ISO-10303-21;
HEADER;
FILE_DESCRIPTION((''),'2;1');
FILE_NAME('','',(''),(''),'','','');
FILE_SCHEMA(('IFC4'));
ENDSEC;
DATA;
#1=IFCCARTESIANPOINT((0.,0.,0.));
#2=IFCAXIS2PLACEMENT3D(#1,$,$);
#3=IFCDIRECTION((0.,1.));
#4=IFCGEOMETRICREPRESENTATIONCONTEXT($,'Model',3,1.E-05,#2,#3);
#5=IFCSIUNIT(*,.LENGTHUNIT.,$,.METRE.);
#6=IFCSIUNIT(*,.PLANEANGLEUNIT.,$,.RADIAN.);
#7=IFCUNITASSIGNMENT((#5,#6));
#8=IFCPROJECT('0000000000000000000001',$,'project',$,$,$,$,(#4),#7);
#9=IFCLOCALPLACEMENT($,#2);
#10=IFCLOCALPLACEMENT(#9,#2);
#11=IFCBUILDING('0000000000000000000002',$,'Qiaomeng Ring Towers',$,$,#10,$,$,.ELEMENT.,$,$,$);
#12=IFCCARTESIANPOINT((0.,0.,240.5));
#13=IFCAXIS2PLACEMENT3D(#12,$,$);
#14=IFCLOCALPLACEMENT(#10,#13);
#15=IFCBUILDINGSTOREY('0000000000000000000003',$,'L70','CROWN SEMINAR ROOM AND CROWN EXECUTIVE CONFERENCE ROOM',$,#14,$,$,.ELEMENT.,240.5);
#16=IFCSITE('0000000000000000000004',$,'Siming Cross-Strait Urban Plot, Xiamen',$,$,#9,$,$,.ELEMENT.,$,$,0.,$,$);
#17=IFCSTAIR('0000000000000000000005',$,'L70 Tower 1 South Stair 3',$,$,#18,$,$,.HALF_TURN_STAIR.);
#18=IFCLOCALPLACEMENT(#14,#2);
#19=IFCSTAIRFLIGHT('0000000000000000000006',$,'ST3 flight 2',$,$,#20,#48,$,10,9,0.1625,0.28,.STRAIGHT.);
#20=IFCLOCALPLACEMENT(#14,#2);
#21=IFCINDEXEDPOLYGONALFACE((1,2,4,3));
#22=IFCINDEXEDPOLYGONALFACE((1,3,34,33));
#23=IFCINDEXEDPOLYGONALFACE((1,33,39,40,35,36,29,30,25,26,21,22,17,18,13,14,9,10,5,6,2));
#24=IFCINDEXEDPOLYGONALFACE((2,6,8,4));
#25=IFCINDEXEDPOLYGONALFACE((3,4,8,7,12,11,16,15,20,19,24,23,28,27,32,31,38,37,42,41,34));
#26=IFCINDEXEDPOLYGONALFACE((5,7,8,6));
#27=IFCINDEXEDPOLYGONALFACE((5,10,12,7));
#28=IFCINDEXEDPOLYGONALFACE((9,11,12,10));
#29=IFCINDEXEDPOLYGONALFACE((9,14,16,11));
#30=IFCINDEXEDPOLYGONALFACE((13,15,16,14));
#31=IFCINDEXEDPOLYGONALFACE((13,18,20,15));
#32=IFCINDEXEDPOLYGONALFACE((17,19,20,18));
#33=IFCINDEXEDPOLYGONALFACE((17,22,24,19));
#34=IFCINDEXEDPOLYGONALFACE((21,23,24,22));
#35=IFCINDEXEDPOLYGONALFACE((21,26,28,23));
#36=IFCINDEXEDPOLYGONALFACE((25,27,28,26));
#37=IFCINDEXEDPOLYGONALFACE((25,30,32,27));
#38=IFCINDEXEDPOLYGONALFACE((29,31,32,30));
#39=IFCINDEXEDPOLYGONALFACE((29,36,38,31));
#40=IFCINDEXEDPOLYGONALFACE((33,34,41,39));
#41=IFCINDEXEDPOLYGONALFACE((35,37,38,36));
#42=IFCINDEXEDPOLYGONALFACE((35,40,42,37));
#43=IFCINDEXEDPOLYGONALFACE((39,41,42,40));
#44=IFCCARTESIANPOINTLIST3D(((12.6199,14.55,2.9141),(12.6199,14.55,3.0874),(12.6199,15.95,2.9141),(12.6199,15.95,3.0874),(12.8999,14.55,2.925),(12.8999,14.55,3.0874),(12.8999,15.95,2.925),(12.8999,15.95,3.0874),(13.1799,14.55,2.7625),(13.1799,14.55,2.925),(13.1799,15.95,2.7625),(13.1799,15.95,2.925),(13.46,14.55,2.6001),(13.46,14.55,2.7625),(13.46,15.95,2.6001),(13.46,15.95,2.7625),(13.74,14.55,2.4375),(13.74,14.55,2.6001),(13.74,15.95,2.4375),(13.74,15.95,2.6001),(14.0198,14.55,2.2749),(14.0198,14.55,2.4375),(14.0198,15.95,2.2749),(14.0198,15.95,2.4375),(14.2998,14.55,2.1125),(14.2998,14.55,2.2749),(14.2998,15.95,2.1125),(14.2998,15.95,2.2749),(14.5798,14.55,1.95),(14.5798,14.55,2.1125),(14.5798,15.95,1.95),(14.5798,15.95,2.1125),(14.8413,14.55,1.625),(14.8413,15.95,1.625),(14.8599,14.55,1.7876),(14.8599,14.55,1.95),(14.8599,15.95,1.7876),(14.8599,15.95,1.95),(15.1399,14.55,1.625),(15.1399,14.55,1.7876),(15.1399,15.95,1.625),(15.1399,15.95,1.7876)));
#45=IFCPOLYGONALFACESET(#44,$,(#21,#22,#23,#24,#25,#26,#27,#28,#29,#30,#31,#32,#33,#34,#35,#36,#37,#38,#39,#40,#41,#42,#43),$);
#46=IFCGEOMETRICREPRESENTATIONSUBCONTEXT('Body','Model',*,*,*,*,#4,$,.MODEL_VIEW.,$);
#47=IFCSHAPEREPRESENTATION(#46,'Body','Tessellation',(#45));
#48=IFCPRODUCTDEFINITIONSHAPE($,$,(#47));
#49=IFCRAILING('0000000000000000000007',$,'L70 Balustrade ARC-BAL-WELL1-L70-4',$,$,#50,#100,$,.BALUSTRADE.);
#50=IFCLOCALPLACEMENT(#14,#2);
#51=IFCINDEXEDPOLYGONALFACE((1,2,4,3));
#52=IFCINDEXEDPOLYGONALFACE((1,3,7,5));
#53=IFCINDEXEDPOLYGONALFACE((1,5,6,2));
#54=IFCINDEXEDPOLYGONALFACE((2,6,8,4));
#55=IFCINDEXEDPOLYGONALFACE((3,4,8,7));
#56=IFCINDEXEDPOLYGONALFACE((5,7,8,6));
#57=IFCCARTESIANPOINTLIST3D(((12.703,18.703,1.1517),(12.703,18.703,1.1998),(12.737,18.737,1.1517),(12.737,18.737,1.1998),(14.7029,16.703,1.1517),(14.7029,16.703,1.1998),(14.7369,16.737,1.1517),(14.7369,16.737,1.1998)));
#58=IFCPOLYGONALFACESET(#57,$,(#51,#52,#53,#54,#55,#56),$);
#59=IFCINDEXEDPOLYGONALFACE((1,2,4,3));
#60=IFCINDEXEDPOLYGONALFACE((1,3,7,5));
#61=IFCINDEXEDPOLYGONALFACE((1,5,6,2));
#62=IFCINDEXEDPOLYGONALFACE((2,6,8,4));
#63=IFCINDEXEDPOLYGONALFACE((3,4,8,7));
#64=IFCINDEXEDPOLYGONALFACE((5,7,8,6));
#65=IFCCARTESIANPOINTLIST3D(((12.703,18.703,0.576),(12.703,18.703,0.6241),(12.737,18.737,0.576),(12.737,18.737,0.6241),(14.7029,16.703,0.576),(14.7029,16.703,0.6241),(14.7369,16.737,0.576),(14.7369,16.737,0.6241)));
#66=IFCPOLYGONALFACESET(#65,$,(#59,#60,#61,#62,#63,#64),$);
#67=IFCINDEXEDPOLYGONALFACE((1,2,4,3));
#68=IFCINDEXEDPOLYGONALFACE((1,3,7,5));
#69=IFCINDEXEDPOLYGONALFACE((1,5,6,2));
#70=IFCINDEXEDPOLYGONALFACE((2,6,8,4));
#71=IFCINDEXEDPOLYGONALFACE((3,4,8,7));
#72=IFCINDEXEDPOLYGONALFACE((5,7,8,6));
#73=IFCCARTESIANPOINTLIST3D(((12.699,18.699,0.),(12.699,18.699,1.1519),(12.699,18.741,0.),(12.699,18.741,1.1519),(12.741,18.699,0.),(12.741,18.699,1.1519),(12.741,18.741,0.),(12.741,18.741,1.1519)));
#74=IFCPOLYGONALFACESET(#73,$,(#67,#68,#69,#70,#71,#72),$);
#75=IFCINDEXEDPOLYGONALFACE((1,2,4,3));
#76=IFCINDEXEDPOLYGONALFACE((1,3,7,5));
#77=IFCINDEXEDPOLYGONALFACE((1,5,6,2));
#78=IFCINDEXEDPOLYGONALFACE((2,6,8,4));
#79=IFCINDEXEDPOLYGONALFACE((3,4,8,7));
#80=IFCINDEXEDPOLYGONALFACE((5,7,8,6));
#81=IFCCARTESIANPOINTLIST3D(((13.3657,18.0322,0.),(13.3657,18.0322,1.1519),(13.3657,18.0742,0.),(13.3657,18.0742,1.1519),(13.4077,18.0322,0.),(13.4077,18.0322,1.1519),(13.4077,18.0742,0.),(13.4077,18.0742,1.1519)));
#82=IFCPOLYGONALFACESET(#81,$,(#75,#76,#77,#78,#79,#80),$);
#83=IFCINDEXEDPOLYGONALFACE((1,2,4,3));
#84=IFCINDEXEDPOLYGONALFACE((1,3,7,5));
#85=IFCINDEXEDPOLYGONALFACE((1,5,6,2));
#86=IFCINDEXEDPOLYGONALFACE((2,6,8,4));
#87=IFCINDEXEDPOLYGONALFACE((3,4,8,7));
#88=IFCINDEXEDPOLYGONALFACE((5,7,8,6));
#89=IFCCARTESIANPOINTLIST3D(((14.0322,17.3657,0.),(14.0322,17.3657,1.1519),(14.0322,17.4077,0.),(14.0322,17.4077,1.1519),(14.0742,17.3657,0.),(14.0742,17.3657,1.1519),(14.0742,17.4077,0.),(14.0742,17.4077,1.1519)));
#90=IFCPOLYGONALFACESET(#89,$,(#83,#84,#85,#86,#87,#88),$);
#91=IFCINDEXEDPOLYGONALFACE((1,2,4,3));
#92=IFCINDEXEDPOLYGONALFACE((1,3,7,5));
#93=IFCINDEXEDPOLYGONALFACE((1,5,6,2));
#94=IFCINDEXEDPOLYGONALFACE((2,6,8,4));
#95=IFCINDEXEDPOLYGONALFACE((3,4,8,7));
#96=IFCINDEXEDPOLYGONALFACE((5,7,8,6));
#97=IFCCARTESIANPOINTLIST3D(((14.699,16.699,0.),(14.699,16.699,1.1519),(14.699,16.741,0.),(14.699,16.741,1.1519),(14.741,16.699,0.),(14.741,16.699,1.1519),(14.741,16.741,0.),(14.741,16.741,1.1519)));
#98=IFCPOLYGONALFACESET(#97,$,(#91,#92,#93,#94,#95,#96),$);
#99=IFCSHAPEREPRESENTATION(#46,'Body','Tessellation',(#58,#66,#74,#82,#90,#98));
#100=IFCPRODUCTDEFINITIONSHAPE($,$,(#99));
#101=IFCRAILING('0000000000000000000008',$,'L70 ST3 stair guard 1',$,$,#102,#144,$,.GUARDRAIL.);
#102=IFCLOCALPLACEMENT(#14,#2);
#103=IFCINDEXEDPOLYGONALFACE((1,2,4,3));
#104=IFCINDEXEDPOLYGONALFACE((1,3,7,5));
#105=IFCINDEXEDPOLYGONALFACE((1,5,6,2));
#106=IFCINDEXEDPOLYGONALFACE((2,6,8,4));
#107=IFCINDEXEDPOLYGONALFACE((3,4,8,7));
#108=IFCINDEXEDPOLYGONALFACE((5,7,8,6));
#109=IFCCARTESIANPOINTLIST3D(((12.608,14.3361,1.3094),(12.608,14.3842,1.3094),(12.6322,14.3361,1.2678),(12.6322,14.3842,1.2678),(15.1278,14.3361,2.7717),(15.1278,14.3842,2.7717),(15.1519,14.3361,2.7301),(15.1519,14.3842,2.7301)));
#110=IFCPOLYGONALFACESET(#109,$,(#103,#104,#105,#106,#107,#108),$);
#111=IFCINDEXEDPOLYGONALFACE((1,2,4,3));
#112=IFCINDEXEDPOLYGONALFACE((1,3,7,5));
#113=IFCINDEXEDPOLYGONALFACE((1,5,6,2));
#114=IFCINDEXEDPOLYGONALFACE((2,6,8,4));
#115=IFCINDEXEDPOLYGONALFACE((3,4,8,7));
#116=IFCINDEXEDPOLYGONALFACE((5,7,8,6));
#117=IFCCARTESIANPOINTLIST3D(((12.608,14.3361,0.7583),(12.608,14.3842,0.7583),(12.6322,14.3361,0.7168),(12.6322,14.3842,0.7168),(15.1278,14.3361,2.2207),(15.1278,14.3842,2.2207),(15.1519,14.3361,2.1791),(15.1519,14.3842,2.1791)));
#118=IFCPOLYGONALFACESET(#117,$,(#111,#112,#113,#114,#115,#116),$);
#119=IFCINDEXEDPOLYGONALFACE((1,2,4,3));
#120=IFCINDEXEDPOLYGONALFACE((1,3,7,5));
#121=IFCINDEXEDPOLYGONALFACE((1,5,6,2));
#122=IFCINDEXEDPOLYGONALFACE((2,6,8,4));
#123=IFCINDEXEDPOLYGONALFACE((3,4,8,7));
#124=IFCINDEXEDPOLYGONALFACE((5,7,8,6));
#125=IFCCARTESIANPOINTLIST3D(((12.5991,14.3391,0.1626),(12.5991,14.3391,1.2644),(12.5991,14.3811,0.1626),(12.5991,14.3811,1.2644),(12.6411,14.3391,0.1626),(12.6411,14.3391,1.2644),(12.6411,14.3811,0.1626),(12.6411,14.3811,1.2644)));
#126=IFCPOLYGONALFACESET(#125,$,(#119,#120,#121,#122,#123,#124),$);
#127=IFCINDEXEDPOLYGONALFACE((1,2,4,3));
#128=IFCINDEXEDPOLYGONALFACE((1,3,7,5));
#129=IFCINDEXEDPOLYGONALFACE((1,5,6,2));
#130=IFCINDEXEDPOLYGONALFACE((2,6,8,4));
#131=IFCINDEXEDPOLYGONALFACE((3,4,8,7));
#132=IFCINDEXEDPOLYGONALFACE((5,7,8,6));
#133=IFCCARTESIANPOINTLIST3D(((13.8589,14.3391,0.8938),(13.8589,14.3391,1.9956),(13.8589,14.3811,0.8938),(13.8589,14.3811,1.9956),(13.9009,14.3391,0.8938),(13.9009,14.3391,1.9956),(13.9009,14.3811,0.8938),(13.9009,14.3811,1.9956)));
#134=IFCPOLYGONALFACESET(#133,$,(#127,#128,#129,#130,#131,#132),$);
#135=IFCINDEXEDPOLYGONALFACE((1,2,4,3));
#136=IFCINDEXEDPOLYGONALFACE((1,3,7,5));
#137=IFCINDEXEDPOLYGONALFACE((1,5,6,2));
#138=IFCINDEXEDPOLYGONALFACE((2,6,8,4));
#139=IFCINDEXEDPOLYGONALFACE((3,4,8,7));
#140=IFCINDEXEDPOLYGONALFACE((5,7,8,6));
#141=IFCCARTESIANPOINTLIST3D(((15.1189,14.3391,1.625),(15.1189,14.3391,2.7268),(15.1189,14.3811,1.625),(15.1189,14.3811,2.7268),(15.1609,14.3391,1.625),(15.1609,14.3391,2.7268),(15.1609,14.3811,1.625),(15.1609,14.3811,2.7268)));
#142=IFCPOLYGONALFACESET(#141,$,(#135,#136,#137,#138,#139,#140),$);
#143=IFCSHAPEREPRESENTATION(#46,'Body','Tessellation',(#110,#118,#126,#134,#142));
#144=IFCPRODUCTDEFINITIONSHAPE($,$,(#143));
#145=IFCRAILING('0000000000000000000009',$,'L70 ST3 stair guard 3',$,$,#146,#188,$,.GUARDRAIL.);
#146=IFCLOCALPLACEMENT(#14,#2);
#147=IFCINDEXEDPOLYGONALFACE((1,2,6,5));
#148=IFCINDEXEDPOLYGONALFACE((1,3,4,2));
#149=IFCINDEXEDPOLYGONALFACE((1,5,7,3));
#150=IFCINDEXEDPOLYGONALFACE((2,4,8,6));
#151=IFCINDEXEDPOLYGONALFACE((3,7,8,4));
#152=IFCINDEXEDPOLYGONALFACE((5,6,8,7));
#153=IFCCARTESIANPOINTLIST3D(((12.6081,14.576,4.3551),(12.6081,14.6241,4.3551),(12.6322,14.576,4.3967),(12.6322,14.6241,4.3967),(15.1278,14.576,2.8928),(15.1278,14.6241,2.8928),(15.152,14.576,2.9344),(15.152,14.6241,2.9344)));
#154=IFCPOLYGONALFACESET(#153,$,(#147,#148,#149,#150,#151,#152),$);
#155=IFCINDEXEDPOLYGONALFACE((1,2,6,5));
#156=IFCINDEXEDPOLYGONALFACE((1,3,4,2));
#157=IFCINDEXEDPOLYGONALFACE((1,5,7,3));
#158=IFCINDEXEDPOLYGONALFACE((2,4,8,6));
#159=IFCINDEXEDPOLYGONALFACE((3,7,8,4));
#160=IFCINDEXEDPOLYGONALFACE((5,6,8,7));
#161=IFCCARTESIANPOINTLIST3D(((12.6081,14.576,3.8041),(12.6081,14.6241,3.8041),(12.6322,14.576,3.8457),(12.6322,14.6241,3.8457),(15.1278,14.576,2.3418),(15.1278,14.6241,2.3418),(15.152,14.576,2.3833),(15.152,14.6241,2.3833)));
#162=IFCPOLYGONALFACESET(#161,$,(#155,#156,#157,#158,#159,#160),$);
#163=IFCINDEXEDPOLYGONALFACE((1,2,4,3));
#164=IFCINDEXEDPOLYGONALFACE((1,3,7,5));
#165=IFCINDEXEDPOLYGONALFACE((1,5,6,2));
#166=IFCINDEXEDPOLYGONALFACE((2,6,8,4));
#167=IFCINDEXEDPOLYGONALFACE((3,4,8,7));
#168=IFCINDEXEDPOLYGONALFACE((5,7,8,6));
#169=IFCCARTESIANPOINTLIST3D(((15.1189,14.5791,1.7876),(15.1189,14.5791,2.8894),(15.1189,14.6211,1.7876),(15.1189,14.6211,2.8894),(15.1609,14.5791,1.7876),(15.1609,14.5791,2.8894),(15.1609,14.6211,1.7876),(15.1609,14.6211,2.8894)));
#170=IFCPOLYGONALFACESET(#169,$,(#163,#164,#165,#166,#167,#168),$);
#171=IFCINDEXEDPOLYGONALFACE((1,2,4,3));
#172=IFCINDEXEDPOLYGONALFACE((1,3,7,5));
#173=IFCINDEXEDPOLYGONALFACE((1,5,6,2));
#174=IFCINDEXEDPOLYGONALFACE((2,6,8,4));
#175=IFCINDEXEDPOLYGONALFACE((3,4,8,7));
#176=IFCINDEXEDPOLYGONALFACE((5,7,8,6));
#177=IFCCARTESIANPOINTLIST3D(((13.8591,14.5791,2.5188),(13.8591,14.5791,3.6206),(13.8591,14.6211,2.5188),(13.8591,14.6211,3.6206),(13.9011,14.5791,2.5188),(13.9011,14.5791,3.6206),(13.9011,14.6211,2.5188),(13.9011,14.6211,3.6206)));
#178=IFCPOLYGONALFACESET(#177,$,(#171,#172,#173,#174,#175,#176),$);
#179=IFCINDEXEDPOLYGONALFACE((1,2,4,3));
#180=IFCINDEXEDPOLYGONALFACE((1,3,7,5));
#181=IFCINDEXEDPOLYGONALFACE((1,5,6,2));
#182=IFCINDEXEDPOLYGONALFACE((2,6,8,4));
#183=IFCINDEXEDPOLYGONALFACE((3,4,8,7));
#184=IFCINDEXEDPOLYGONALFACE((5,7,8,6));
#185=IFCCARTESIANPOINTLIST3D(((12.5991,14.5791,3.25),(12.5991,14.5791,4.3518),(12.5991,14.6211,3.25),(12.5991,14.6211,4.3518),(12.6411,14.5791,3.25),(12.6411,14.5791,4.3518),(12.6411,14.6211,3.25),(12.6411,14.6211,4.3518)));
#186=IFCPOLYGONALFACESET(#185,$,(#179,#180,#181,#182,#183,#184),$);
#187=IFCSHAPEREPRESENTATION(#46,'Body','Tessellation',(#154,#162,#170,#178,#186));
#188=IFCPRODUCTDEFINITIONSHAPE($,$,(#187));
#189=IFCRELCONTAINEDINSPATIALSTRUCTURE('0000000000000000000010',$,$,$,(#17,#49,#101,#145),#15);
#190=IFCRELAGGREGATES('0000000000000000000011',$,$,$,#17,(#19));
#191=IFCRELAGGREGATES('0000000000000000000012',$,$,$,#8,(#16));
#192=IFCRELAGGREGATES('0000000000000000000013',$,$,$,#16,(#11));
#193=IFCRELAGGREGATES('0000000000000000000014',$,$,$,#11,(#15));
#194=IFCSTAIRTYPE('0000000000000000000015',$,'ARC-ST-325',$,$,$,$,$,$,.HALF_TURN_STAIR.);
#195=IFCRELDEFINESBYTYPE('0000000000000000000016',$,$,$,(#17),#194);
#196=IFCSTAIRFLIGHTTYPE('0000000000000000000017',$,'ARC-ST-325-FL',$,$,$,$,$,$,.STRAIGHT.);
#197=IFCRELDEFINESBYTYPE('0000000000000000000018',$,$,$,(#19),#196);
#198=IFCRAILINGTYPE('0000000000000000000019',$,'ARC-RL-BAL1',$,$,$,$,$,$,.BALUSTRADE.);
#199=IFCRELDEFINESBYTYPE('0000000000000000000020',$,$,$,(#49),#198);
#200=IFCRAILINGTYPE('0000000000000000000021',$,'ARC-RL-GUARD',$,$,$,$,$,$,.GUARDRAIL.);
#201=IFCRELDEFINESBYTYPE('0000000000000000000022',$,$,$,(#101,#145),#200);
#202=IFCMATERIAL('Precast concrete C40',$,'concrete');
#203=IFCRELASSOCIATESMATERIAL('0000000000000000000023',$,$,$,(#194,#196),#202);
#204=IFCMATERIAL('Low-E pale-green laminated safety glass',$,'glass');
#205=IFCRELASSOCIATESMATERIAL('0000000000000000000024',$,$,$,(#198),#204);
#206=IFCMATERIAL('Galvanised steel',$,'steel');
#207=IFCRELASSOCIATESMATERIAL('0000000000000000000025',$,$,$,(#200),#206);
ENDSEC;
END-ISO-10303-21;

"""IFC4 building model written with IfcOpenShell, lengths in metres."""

from ifc_helpers import new_model, si_unit, direction, frame, origin, origin_2d, place, context, subcontext, project, spatial, polyline, rectangle, outline, extrude, source, transform, mapped, material, type_object, element, aggregate, save


model = new_model("IFC4")

# Units and contexts
model_context = context("Model", 3, precision=1e-05, world=origin(), true_north=direction((0.0, 1.0)))
body_context = subcontext(model_context, "Body", "Model", "MODEL_VIEW")
ifc_project = project(units=[si_unit("LENGTHUNIT", "METRE"), si_unit("PLANEANGLEUNIT", "RADIAN")], contexts=[model_context])

# Site, building, storey
site_placement = place(None, origin())
site = spatial("IfcSite", under=ifc_project, at=site_placement, Name="Siming Cross-Strait Urban Plot, Xiamen", CompositionType="ELEMENT", RefElevation=0.0)
building_placement = place(site_placement, origin())
building = spatial("IfcBuilding", under=site, at=building_placement, Name="Qiaomeng Ring Towers", CompositionType="ELEMENT")
storey_placement = place(building_placement, frame((0.0, 0.0, 240.5)))
storey = spatial("IfcBuildingStorey", under=building, at=storey_placement, Name="L70", Description="CROWN SEMINAR ROOM AND CROWN EXECUTIVE CONFERENCE ROOM", CompositionType="ELEMENT", Elevation=240.5)

# Stair, stair flight
ifc_material_1 = material(Name="Precast concrete C40", Category="concrete")
stair_type = type_object("IfcStairType", Name="ARC-ST-325", PredefinedType="HALF_TURN_STAIR", material=ifc_material_1)
stair_placement = place(storey_placement, origin())
stair = element("IfcStair", 1, at=stair_placement, inside=storey, type_object=stair_type, Name="L70 Tower 1 South Stair 3", PredefinedType="HALF_TURN_STAIR")
stair_flight_type = type_object("IfcStairFlightType", Name="ARC-ST-325-FL", PredefinedType="STRAIGHT", material=ifc_material_1)
shared_shape_1 = source(origin(), body_context, "Body", "SweptSolid", [
    extrude(outline(polyline([(0.0, 0.0), (0.0, 0.1626), (0.28, 0.1626), (0.28, 0.325), (0.5601, 0.325), (0.5601, 0.4875), (0.8401, 0.4875), (0.8401, 0.6499), (1.1201, 0.6499), (1.1201, 0.8125), (1.3999, 0.8125), (1.3999, 0.9751), (1.6799, 0.9751), (1.6799, 1.1375), (1.96, 1.1375), (1.96, 1.3), (2.24, 1.3), (2.24, 1.4624), (2.52, 1.4624), (2.52, 1.625), (2.52, 1.2891), (0.2986, 0.0), (0.0, 0.0)])), frame((0.0, 0.7, 0.0), z_axis=(0.0, -1.0, 0.0), x_axis=(1.0, 0.0, 0.0)), (0.0, 0.0, 1.0), 1.3999),
])
stair_flight_1_placement = place(storey_placement, frame((15.1399, 15.25, 1.625), z_axis=(0.0, 0.0, 1.0), x_axis=(-1.0, 0.0, 0.0)))
stair_flight_1 = element("IfcStairFlight", 2, at=stair_flight_1_placement, type_object=stair_flight_type, Name="ST3 flight 2", NumberOfRisers=10, NumberOfTreads=9, PredefinedType="STRAIGHT", RiserHeight=0.1625, TreadLength=0.28, context=body_context, shape_type="MappedRepresentation", body=[
    mapped(shared_shape_1, transform((0.0, 0.0, 0.0), x_axis=(1.0, 0.0, 0.0), y_axis=(0.0, 1.0, 0.0), z_axis=(0.0, 0.0, 1.0), scale=1.0)),
])
aggregate(stair, [stair_flight_1])

# Railings
ifc_material_2 = material(Name="Low-E pale-green laminated safety glass", Category="glass")
railing_type_1 = type_object("IfcRailingType", Name="ARC-RL-BAL1", PredefinedType="BALUSTRADE", material=ifc_material_2)
railing_1_placement = place(storey_placement, frame((12.72, 18.72, 0.0)))
element("IfcRailing", 3, at=railing_1_placement, inside=storey, type_object=railing_type_1, Name="L70 Balustrade ARC-BAL-WELL1-L70-4", PredefinedType="BALUSTRADE", context=body_context, shape_type="SweptSolid", body=[
    extrude(rectangle(XDim=0.0481, YDim=0.0481, at=origin_2d()), frame((0.0, 0.0, 1.1758), z_axis=(0.707107, -0.707107, 0.0), x_axis=(0.707107, 0.707107, 0.0)), (0.0, 0.0, 1.0), 2.8284),
    extrude(rectangle(XDim=0.0481, YDim=0.0481, at=origin_2d()), frame((0.0, 0.0, 0.6001), z_axis=(0.707107, -0.707107, 0.0), x_axis=(0.707107, 0.707107, 0.0)), (0.0, 0.0, 1.0), 2.8284),
    extrude(rectangle(XDim=0.042, YDim=0.042, at=origin_2d()), origin(), (0.0, 0.0, 1.0), 1.1519),
    extrude(rectangle(XDim=0.042, YDim=0.042, at=origin_2d()), frame((0.6667, -0.6667, 0.0)), (0.0, 0.0, 1.0), 1.1519),
    extrude(rectangle(XDim=0.042, YDim=0.042, at=origin_2d()), frame((1.3333, -1.3333, 0.0)), (0.0, 0.0, 1.0), 1.1519),
    extrude(rectangle(XDim=0.042, YDim=0.042, at=origin_2d()), frame((2.0, -2.0, 0.0)), (0.0, 0.0, 1.0), 1.1519),
])
ifc_material_3 = material(Name="Galvanised steel", Category="steel")
railing_type_2 = type_object("IfcRailingType", Name="ARC-RL-GUARD", PredefinedType="GUARDRAIL", material=ifc_material_3)
railing_2_placement = place(storey_placement, frame((12.6201, 14.3601, 0.1626)))
element("IfcRailing", 4, at=railing_2_placement, inside=storey, type_object=railing_type_2, Name="L70 ST3 stair guard 1", PredefinedType="GUARDRAIL", context=body_context, shape_type="SweptSolid", body=[
    extrude(rectangle(XDim=0.0481, YDim=0.0481, at=origin_2d()), frame((0.0, 0.0, 1.126), z_axis=(0.864892, 0.0, 0.501958), x_axis=(0.0, 1.0, 0.0)), (0.0, 0.0, 1.0), 2.9133),
    extrude(rectangle(XDim=0.0481, YDim=0.0481, at=origin_2d()), frame((0.0, 0.0, 0.575), z_axis=(0.864892, 0.0, 0.501958), x_axis=(0.0, 1.0, 0.0)), (0.0, 0.0, 1.0), 2.9133),
    extrude(rectangle(XDim=0.042, YDim=0.042, at=origin_2d()), origin(), (0.0, 0.0, 1.0), 1.1018),
    extrude(rectangle(XDim=0.042, YDim=0.042, at=origin_2d()), frame((1.2598, 0.0, 0.7312)), (0.0, 0.0, 1.0), 1.1018),
    extrude(rectangle(XDim=0.042, YDim=0.042, at=origin_2d()), frame((2.5198, 0.0, 1.4624)), (0.0, 0.0, 1.0), 1.1018),
])
railing_3_placement = place(storey_placement, frame((15.1399, 14.6001, 1.7876)))
element("IfcRailing", 5, at=railing_3_placement, inside=storey, type_object=railing_type_2, Name="L70 ST3 stair guard 3", PredefinedType="GUARDRAIL", context=body_context, shape_type="SweptSolid", body=[
    extrude(rectangle(XDim=0.0481, YDim=0.0481, at=origin_2d()), frame((0.0, 0.0, 1.126), z_axis=(-0.864892, 0.0, 0.501958), x_axis=(0.0, -1.0, 0.0)), (0.0, 0.0, 1.0), 2.9133),
    extrude(rectangle(XDim=0.0481, YDim=0.0481, at=origin_2d()), frame((0.0, 0.0, 0.575), z_axis=(-0.864892, 0.0, 0.501958), x_axis=(0.0, -1.0, 0.0)), (0.0, 0.0, 1.0), 2.9133),
    extrude(rectangle(XDim=0.042, YDim=0.042, at=origin_2d()), origin(), (0.0, 0.0, 1.0), 1.1018),
    extrude(rectangle(XDim=0.042, YDim=0.042, at=origin_2d()), frame((-1.2598, 0.0, 0.7312)), (0.0, 0.0, 1.0), 1.1018),
    extrude(rectangle(XDim=0.042, YDim=0.042, at=origin_2d()), frame((-2.5198, 0.0, 1.4624)), (0.0, 0.0, 1.0), 1.1018),
])

save(model, "model.ifc")
